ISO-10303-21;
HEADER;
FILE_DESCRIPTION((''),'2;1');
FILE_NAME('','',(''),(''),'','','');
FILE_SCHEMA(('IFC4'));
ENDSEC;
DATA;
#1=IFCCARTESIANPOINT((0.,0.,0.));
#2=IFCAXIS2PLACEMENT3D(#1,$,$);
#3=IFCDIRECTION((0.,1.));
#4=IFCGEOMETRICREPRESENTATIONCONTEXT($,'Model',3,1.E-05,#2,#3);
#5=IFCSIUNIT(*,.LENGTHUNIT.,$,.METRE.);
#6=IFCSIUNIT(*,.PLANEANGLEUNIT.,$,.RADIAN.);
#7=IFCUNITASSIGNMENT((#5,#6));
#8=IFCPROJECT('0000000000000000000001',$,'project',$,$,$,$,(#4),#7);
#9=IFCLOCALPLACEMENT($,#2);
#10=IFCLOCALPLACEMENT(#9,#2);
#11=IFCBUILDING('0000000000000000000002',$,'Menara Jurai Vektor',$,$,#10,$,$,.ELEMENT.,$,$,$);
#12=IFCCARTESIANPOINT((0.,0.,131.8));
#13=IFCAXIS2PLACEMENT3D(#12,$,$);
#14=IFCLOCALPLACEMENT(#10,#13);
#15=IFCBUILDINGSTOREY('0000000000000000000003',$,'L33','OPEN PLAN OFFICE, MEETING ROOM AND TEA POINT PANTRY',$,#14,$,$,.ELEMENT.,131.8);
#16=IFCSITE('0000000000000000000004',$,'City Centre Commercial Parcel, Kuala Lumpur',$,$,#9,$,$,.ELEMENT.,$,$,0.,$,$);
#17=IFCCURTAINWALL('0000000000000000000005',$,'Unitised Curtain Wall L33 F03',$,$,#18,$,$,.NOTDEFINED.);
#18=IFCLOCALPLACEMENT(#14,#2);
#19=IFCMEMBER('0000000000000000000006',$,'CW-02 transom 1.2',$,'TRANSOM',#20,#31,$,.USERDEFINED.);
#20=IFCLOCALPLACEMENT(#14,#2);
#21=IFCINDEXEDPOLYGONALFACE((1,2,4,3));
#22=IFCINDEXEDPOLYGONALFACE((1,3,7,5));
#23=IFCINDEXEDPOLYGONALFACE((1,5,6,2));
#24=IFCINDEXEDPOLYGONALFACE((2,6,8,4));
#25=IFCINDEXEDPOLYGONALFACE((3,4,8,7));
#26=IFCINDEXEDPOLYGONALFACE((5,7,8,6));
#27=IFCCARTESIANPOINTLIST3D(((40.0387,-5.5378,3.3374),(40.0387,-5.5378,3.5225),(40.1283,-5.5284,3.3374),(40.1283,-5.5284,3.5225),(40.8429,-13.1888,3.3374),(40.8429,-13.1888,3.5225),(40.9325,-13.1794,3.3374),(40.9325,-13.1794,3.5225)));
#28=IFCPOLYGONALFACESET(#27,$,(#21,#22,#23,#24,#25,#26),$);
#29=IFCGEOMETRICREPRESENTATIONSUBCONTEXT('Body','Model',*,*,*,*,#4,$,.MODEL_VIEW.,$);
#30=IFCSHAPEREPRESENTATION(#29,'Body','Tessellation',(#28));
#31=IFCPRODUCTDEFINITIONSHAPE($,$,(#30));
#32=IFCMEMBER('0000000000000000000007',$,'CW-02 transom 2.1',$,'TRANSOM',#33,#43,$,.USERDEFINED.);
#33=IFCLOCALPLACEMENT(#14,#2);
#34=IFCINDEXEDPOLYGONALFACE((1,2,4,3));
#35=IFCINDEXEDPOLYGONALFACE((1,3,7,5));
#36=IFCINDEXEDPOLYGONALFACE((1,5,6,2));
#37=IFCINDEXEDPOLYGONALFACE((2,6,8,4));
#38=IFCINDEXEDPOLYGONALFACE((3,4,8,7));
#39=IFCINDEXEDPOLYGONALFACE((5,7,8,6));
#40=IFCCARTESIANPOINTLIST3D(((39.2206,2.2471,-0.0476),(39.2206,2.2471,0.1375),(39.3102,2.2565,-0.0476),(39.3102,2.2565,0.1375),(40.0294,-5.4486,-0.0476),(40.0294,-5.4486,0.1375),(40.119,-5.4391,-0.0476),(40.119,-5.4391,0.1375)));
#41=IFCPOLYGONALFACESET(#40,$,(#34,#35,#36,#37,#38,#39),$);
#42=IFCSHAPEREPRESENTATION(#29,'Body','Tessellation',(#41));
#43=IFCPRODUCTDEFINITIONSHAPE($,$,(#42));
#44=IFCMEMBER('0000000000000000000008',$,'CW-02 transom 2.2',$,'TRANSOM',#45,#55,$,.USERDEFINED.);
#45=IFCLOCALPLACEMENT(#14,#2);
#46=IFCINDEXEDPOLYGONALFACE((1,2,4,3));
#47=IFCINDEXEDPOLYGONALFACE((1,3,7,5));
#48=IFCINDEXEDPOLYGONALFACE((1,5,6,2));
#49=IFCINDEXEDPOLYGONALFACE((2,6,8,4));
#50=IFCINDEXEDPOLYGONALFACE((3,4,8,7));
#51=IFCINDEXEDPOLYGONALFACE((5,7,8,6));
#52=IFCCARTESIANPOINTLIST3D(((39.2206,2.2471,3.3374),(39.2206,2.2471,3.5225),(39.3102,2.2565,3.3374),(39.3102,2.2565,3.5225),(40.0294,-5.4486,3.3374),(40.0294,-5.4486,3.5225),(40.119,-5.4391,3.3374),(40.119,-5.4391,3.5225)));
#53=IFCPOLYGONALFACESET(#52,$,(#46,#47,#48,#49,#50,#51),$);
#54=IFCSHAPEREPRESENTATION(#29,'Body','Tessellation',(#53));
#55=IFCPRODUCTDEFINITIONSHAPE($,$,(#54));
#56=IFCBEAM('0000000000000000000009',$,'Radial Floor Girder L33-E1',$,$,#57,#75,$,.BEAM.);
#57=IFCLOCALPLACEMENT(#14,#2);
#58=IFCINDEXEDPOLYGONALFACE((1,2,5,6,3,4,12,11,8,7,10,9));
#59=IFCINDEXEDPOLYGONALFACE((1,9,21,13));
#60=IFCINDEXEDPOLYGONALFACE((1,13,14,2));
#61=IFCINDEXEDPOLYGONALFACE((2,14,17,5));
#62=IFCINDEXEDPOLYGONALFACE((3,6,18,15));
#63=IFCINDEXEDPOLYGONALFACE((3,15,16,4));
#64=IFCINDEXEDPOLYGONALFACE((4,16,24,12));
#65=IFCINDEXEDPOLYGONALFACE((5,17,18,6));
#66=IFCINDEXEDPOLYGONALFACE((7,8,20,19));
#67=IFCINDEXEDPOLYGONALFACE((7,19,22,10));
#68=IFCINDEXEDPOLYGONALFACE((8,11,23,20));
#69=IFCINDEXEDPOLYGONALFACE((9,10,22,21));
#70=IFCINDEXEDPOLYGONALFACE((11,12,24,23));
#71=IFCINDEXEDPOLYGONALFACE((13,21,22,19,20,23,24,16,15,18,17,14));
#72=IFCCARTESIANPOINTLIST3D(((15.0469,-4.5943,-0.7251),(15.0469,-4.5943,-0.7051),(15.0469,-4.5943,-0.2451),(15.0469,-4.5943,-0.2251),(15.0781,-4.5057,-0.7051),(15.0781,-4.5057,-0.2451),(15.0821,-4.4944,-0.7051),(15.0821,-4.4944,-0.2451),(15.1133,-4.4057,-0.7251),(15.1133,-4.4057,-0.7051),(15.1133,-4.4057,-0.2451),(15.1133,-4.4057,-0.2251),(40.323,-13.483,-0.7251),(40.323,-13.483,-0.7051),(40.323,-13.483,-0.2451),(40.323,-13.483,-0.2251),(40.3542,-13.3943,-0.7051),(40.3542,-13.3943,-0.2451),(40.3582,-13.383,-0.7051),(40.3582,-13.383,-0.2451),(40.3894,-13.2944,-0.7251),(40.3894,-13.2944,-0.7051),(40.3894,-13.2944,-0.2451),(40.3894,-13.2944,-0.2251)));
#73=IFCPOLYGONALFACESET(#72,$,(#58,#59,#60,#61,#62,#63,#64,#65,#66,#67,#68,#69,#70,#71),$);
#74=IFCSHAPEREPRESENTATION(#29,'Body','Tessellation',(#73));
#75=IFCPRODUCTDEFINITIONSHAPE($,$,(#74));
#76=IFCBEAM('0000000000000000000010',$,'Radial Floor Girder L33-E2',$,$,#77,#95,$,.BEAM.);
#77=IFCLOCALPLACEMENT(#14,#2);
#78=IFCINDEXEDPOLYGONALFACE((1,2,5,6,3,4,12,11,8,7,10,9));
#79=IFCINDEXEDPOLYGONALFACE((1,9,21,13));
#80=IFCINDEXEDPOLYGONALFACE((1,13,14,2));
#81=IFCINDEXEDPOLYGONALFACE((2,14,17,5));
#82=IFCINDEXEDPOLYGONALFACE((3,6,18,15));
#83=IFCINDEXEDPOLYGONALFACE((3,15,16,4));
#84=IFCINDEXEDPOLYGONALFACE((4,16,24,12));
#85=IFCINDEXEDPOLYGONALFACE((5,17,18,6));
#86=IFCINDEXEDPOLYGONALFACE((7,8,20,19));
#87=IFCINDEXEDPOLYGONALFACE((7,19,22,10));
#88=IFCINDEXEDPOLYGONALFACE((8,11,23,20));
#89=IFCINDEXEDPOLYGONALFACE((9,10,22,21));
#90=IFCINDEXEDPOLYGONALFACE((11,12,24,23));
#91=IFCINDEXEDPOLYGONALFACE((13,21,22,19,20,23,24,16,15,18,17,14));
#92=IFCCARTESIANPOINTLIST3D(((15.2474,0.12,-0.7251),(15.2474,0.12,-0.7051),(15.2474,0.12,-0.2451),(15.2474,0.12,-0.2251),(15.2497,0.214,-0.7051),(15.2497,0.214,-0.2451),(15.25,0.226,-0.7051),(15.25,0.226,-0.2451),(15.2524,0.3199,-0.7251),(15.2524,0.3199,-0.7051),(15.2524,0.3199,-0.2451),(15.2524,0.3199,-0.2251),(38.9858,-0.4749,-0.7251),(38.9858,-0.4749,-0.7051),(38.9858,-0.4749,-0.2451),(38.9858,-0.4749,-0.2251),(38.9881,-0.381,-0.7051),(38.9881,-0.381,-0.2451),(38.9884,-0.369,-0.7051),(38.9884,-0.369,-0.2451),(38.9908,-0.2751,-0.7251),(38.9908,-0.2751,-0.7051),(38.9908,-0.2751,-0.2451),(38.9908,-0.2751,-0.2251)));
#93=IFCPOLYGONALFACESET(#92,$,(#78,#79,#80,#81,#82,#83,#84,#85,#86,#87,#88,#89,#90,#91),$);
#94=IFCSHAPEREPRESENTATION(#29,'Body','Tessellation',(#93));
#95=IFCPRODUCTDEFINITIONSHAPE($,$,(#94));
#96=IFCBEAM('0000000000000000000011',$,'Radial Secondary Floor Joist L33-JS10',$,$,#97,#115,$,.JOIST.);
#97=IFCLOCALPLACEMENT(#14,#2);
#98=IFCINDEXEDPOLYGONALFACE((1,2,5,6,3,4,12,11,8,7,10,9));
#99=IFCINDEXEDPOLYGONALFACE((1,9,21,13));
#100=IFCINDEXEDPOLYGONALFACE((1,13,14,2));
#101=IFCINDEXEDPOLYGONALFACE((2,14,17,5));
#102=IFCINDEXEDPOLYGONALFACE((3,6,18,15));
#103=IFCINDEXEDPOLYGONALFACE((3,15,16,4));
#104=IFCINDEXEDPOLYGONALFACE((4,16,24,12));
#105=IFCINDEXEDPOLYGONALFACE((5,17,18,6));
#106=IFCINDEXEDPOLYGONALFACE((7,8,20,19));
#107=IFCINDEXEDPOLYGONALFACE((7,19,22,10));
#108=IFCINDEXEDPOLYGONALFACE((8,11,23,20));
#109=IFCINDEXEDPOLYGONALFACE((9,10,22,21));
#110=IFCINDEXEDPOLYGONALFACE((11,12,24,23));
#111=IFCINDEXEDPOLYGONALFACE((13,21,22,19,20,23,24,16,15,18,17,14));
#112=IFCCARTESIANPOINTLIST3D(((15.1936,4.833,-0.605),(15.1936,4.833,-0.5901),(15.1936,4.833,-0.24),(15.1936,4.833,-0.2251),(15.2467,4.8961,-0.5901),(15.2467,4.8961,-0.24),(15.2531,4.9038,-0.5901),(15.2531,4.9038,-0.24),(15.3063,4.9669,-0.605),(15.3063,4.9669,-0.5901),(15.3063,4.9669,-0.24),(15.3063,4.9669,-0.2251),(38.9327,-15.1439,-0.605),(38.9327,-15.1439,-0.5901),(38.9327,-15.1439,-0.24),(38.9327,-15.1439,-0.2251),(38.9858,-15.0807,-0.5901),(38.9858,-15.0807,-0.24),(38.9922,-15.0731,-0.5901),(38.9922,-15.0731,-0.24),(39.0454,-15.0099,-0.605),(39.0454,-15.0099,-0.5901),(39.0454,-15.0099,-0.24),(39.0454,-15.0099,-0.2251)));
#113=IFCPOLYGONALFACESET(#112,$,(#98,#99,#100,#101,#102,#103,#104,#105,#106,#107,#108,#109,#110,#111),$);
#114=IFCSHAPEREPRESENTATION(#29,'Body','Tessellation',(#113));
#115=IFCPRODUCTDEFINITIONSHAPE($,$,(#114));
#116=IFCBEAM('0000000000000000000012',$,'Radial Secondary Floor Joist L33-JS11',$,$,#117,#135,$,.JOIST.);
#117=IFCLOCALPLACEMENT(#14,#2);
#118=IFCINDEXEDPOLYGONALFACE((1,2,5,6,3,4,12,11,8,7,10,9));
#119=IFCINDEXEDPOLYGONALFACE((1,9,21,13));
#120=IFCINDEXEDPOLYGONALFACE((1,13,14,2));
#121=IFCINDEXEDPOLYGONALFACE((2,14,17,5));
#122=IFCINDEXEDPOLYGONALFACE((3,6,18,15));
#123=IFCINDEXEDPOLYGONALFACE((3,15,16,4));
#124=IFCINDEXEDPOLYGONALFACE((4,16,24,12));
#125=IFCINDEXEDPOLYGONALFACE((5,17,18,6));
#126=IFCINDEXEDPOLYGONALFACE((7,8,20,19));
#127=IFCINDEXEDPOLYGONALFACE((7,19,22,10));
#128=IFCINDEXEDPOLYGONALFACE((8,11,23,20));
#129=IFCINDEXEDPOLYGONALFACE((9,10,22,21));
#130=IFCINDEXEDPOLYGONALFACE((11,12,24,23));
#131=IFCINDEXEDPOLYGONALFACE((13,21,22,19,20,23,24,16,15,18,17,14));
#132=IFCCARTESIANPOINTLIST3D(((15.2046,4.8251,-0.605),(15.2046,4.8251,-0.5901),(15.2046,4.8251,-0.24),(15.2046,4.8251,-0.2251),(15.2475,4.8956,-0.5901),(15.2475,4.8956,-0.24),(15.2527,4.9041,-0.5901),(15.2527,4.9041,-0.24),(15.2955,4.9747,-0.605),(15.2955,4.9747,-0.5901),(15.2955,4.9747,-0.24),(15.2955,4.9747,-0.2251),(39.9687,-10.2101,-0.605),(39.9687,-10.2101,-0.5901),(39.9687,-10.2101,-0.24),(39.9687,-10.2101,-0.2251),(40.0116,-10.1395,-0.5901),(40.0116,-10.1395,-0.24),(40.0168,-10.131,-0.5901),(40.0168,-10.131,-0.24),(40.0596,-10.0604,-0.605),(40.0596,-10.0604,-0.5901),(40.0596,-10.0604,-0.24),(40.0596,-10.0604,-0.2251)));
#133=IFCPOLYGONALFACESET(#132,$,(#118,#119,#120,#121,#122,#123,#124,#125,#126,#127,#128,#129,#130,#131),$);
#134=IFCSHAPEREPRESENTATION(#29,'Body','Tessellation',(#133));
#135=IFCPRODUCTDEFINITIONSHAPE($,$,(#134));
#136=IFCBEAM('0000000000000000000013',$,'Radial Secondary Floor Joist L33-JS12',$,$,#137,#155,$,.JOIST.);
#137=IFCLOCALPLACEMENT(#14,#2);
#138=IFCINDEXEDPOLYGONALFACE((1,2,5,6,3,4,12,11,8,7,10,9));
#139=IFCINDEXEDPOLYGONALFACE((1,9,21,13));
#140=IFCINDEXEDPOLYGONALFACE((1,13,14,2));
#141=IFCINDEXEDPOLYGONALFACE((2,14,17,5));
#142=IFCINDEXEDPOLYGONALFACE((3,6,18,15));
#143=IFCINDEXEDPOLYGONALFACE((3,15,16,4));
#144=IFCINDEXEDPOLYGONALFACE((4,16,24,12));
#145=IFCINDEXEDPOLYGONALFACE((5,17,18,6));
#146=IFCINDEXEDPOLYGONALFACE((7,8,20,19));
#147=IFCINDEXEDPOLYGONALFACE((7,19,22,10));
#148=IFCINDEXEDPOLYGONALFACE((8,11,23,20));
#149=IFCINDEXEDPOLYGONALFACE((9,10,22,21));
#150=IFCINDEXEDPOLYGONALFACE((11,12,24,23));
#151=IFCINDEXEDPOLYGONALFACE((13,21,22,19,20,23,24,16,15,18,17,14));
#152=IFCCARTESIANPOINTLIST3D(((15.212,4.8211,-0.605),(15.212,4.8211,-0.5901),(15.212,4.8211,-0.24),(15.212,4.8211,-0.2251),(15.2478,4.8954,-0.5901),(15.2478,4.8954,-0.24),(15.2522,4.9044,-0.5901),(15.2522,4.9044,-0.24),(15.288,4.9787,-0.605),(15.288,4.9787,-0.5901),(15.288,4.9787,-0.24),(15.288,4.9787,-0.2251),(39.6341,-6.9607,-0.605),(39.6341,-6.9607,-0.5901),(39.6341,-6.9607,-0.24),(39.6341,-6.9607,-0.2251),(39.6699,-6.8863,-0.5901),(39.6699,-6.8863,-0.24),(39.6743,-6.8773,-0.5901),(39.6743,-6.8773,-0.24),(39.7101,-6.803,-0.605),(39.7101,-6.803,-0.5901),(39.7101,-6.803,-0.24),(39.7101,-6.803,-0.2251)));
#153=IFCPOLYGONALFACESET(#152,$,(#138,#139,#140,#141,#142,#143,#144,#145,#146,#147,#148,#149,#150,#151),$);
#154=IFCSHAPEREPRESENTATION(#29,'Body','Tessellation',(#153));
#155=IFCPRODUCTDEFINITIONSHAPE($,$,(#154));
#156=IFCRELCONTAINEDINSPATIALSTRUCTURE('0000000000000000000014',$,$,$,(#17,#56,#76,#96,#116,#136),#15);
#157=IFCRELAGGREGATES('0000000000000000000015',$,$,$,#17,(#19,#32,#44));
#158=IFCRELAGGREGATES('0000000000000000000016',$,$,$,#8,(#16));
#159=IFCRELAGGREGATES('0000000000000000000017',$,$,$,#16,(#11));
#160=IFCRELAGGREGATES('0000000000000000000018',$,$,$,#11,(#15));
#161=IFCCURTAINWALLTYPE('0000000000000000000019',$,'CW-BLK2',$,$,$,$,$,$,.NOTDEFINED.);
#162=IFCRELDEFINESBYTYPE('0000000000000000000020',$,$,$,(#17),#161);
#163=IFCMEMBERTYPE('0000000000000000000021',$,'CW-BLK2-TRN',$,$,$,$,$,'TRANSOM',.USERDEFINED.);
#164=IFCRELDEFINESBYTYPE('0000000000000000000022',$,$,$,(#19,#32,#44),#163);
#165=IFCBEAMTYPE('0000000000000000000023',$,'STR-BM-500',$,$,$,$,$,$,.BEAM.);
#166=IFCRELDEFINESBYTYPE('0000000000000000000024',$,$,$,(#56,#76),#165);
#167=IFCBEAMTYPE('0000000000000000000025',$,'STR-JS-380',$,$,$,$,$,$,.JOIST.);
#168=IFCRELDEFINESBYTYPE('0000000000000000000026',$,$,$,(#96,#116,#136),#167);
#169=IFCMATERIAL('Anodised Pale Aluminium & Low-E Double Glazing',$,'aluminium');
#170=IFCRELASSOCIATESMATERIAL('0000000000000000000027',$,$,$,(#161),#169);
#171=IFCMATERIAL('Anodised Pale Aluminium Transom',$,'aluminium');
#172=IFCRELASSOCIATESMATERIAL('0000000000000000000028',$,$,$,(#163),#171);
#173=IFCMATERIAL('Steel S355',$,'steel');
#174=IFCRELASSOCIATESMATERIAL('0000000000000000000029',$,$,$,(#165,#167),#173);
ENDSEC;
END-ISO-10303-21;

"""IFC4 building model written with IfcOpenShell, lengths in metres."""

from ifc_helpers import new_model, si_unit, direction, frame, origin, origin_2d, place, context, subcontext, project, spatial, rectangle, i_section, extrude, material, material_profile, profile_set, type_object, element, aggregate, save


model = new_model("IFC4")

# Units and contexts
model_context = context("Model", 3, precision=1e-05, world=origin(), true_north=direction((0.0, 1.0)))
body_context = subcontext(model_context, "Body", "Model", "MODEL_VIEW")
ifc_project = project(units=[si_unit("LENGTHUNIT", "METRE"), si_unit("PLANEANGLEUNIT", "RADIAN")], contexts=[model_context])

# Site, building, storey
site_placement = place(None, origin())
site = spatial("IfcSite", under=ifc_project, at=site_placement, Name="City Centre Commercial Parcel, Kuala Lumpur", CompositionType="ELEMENT", RefElevation=0.0)
building_placement = place(site_placement, origin())
building = spatial("IfcBuilding", under=site, at=building_placement, Name="Menara Jurai Vektor", CompositionType="ELEMENT")
storey_placement = place(building_placement, frame((0.0, 0.0, 131.8)))
storey = spatial("IfcBuildingStorey", under=building, at=storey_placement, Name="L33", Description="OPEN PLAN OFFICE, MEETING ROOM AND TEA POINT PANTRY", CompositionType="ELEMENT", Elevation=131.8)

# Curtain wall
ifc_material_1 = material(Name="Anodised Pale Aluminium & Low-E Double Glazing", Category="aluminium")
curtain_wall_type = type_object("IfcCurtainWallType", Name="CW-BLK2", PredefinedType="NOTDEFINED", material=ifc_material_1)
curtain_wall_1_placement = place(storey_placement, origin())
curtain_wall_1 = element("IfcCurtainWall", 1, at=curtain_wall_1_placement, inside=storey, type_object=curtain_wall_type, Name="Unitised Curtain Wall L33 F03", PredefinedType="NOTDEFINED")

# Members
ifc_material_2 = material(Name="Anodised Pale Aluminium Transom", Category="aluminium")
ifc_material_profile_1 = material_profile(ifc_material_2, rectangle(XDim=0.0901, YDim=0.1851, at=origin_2d()), Name="ALU TRN 90x185")
ifc_profile_set_1 = profile_set([ifc_material_profile_1], Name="Anodised Pale Aluminium Transom")
member_type_1 = type_object("IfcMemberType", Name="CW-BLK2-TRN", ElementType="TRANSOM", PredefinedType="USERDEFINED", material=ifc_profile_set_1)
member_1_placement = place(storey_placement, frame((40.8877, -13.1841, 3.4299), z_axis=(-0.104536, 0.994521, 0.0), x_axis=(-0.994521, -0.104536, 0.0)))
member_1 = element("IfcMember", 2, at=member_1_placement, type_object=member_type_1, Name="CW-02 transom 1.2", ObjectType="TRANSOM", PredefinedType="USERDEFINED", context=body_context, shape_type="SweptSolid", body=[
    extrude(rectangle(XDim=0.0901, YDim=0.1851, at=origin_2d()), origin(), (0.0, 0.0, 1.0), 7.6931),
])
member_2_placement = place(storey_placement, frame((40.0742, -5.4438, 0.0449), z_axis=(-0.104529, 0.994522, 0.0), x_axis=(-0.994522, -0.104529, 0.0)))
member_2 = element("IfcMember", 3, at=member_2_placement, type_object=member_type_1, Name="CW-02 transom 2.1", ObjectType="TRANSOM", PredefinedType="USERDEFINED", context=body_context, shape_type="SweptSolid", body=[
    extrude(rectangle(XDim=0.0901, YDim=0.1851, at=origin_2d()), origin(), (0.0, 0.0, 1.0), 7.738),
])
member_3_placement = place(storey_placement, frame((40.0742, -5.4438, 3.4299), z_axis=(-0.104529, 0.994522, 0.0), x_axis=(-0.994522, -0.104529, 0.0)))
member_3 = element("IfcMember", 4, at=member_3_placement, type_object=member_type_1, Name="CW-02 transom 2.2", ObjectType="TRANSOM", PredefinedType="USERDEFINED", context=body_context, shape_type="SweptSolid", body=[
    extrude(rectangle(XDim=0.0901, YDim=0.1851, at=origin_2d()), origin(), (0.0, 0.0, 1.0), 7.738),
])

# Beams
ifc_material_3 = material(Name="Steel S355", Category="steel")
ifc_material_profile_2 = material_profile(ifc_material_3, i_section(OverallWidth=0.2, OverallDepth=0.5, WebThickness=0.012, FlangeThickness=0.02, at=origin_2d()), Name="PG 500x200x96")
ifc_profile_set_2 = profile_set([ifc_material_profile_2], Name="Steel S355")
beam_type_1 = type_object("IfcBeamType", Name="STR-BM-500", PredefinedType="BEAM", material=ifc_profile_set_2)
beam_1_placement = place(storey_placement, frame((40.3562, -13.3887, -0.4751), z_axis=(-0.943368, 0.331747, 0.0), x_axis=(-0.331747, -0.943368, 0.0)))
element("IfcBeam", 5, at=beam_1_placement, inside=storey, type_object=beam_type_1, Name="Radial Floor Girder L33-E1", PredefinedType="BEAM", context=body_context, shape_type="SweptSolid", body=[
    extrude(i_section(OverallWidth=0.2, OverallDepth=0.5, WebThickness=0.012, FlangeThickness=0.02, at=origin_2d()), origin(), (0.0, 0.0, 1.0), 26.7935),
])
beam_2_placement = place(storey_placement, frame((38.9883, -0.375, -0.4751), z_axis=(-0.999686, 0.025056, 0.0), x_axis=(-0.025056, -0.999686, 0.0)))
element("IfcBeam", 6, at=beam_2_placement, inside=storey, type_object=beam_type_1, Name="Radial Floor Girder L33-E2", PredefinedType="BEAM", context=body_context, shape_type="SweptSolid", body=[
    extrude(i_section(OverallWidth=0.2, OverallDepth=0.5, WebThickness=0.012, FlangeThickness=0.02, at=origin_2d()), origin(), (0.0, 0.0, 1.0), 23.7458),
])
ifc_material_profile_3 = material_profile(ifc_material_3, i_section(OverallWidth=0.175, OverallDepth=0.3799, WebThickness=0.01, FlangeThickness=0.0149, at=origin_2d()), Name="PG 380x175x58")
ifc_profile_set_3 = profile_set([ifc_material_profile_3], Name="Steel S355")
beam_type_2 = type_object("IfcBeamType", Name="STR-JS-380", PredefinedType="JOIST", material=ifc_profile_set_3)
beam_3_placement = place(storey_placement, frame((38.989, -15.0769, -0.415), z_axis=(-0.765133, 0.643873, 0.0), x_axis=(-0.643873, -0.765133, 0.0)))
element("IfcBeam", 7, at=beam_3_placement, inside=storey, type_object=beam_type_2, Name="Radial Secondary Floor Joist L33-JS10", PredefinedType="JOIST", context=body_context, shape_type="SweptSolid", body=[
    extrude(i_section(OverallWidth=0.175, OverallDepth=0.3799, WebThickness=0.01, FlangeThickness=0.0149, at=origin_2d()), origin(), (0.0, 0.0, 1.0), 31.0261),
])
beam_4_placement = place(storey_placement, frame((40.0142, -10.1353, -0.415), z_axis=(-0.854791, 0.518972, 0.0), x_axis=(-0.518972, -0.854791, 0.0)))
element("IfcBeam", 8, at=beam_4_placement, inside=storey, type_object=beam_type_2, Name="Radial Secondary Floor Joist L33-JS11", PredefinedType="JOIST", context=body_context, shape_type="SweptSolid", body=[
    extrude(i_section(OverallWidth=0.175, OverallDepth=0.3799, WebThickness=0.01, FlangeThickness=0.0149, at=origin_2d()), origin(), (0.0, 0.0, 1.0), 28.9709),
])
beam_5_placement = place(storey_placement, frame((39.6721, -6.8818, -0.415), z_axis=(-0.900671, 0.434502, 0.0), x_axis=(-0.434502, -0.900671, 0.0)))
element("IfcBeam", 9, at=beam_5_placement, inside=storey, type_object=beam_type_2, Name="Radial Secondary Floor Joist L33-JS12", PredefinedType="JOIST", context=body_context, shape_type="SweptSolid", body=[
    extrude(i_section(OverallWidth=0.175, OverallDepth=0.3799, WebThickness=0.01, FlangeThickness=0.0149, at=origin_2d()), origin(), (0.0, 0.0, 1.0), 27.1155),
])

aggregate(curtain_wall_1, [member_1, member_2, member_3])

save(model, "model.ifc")
